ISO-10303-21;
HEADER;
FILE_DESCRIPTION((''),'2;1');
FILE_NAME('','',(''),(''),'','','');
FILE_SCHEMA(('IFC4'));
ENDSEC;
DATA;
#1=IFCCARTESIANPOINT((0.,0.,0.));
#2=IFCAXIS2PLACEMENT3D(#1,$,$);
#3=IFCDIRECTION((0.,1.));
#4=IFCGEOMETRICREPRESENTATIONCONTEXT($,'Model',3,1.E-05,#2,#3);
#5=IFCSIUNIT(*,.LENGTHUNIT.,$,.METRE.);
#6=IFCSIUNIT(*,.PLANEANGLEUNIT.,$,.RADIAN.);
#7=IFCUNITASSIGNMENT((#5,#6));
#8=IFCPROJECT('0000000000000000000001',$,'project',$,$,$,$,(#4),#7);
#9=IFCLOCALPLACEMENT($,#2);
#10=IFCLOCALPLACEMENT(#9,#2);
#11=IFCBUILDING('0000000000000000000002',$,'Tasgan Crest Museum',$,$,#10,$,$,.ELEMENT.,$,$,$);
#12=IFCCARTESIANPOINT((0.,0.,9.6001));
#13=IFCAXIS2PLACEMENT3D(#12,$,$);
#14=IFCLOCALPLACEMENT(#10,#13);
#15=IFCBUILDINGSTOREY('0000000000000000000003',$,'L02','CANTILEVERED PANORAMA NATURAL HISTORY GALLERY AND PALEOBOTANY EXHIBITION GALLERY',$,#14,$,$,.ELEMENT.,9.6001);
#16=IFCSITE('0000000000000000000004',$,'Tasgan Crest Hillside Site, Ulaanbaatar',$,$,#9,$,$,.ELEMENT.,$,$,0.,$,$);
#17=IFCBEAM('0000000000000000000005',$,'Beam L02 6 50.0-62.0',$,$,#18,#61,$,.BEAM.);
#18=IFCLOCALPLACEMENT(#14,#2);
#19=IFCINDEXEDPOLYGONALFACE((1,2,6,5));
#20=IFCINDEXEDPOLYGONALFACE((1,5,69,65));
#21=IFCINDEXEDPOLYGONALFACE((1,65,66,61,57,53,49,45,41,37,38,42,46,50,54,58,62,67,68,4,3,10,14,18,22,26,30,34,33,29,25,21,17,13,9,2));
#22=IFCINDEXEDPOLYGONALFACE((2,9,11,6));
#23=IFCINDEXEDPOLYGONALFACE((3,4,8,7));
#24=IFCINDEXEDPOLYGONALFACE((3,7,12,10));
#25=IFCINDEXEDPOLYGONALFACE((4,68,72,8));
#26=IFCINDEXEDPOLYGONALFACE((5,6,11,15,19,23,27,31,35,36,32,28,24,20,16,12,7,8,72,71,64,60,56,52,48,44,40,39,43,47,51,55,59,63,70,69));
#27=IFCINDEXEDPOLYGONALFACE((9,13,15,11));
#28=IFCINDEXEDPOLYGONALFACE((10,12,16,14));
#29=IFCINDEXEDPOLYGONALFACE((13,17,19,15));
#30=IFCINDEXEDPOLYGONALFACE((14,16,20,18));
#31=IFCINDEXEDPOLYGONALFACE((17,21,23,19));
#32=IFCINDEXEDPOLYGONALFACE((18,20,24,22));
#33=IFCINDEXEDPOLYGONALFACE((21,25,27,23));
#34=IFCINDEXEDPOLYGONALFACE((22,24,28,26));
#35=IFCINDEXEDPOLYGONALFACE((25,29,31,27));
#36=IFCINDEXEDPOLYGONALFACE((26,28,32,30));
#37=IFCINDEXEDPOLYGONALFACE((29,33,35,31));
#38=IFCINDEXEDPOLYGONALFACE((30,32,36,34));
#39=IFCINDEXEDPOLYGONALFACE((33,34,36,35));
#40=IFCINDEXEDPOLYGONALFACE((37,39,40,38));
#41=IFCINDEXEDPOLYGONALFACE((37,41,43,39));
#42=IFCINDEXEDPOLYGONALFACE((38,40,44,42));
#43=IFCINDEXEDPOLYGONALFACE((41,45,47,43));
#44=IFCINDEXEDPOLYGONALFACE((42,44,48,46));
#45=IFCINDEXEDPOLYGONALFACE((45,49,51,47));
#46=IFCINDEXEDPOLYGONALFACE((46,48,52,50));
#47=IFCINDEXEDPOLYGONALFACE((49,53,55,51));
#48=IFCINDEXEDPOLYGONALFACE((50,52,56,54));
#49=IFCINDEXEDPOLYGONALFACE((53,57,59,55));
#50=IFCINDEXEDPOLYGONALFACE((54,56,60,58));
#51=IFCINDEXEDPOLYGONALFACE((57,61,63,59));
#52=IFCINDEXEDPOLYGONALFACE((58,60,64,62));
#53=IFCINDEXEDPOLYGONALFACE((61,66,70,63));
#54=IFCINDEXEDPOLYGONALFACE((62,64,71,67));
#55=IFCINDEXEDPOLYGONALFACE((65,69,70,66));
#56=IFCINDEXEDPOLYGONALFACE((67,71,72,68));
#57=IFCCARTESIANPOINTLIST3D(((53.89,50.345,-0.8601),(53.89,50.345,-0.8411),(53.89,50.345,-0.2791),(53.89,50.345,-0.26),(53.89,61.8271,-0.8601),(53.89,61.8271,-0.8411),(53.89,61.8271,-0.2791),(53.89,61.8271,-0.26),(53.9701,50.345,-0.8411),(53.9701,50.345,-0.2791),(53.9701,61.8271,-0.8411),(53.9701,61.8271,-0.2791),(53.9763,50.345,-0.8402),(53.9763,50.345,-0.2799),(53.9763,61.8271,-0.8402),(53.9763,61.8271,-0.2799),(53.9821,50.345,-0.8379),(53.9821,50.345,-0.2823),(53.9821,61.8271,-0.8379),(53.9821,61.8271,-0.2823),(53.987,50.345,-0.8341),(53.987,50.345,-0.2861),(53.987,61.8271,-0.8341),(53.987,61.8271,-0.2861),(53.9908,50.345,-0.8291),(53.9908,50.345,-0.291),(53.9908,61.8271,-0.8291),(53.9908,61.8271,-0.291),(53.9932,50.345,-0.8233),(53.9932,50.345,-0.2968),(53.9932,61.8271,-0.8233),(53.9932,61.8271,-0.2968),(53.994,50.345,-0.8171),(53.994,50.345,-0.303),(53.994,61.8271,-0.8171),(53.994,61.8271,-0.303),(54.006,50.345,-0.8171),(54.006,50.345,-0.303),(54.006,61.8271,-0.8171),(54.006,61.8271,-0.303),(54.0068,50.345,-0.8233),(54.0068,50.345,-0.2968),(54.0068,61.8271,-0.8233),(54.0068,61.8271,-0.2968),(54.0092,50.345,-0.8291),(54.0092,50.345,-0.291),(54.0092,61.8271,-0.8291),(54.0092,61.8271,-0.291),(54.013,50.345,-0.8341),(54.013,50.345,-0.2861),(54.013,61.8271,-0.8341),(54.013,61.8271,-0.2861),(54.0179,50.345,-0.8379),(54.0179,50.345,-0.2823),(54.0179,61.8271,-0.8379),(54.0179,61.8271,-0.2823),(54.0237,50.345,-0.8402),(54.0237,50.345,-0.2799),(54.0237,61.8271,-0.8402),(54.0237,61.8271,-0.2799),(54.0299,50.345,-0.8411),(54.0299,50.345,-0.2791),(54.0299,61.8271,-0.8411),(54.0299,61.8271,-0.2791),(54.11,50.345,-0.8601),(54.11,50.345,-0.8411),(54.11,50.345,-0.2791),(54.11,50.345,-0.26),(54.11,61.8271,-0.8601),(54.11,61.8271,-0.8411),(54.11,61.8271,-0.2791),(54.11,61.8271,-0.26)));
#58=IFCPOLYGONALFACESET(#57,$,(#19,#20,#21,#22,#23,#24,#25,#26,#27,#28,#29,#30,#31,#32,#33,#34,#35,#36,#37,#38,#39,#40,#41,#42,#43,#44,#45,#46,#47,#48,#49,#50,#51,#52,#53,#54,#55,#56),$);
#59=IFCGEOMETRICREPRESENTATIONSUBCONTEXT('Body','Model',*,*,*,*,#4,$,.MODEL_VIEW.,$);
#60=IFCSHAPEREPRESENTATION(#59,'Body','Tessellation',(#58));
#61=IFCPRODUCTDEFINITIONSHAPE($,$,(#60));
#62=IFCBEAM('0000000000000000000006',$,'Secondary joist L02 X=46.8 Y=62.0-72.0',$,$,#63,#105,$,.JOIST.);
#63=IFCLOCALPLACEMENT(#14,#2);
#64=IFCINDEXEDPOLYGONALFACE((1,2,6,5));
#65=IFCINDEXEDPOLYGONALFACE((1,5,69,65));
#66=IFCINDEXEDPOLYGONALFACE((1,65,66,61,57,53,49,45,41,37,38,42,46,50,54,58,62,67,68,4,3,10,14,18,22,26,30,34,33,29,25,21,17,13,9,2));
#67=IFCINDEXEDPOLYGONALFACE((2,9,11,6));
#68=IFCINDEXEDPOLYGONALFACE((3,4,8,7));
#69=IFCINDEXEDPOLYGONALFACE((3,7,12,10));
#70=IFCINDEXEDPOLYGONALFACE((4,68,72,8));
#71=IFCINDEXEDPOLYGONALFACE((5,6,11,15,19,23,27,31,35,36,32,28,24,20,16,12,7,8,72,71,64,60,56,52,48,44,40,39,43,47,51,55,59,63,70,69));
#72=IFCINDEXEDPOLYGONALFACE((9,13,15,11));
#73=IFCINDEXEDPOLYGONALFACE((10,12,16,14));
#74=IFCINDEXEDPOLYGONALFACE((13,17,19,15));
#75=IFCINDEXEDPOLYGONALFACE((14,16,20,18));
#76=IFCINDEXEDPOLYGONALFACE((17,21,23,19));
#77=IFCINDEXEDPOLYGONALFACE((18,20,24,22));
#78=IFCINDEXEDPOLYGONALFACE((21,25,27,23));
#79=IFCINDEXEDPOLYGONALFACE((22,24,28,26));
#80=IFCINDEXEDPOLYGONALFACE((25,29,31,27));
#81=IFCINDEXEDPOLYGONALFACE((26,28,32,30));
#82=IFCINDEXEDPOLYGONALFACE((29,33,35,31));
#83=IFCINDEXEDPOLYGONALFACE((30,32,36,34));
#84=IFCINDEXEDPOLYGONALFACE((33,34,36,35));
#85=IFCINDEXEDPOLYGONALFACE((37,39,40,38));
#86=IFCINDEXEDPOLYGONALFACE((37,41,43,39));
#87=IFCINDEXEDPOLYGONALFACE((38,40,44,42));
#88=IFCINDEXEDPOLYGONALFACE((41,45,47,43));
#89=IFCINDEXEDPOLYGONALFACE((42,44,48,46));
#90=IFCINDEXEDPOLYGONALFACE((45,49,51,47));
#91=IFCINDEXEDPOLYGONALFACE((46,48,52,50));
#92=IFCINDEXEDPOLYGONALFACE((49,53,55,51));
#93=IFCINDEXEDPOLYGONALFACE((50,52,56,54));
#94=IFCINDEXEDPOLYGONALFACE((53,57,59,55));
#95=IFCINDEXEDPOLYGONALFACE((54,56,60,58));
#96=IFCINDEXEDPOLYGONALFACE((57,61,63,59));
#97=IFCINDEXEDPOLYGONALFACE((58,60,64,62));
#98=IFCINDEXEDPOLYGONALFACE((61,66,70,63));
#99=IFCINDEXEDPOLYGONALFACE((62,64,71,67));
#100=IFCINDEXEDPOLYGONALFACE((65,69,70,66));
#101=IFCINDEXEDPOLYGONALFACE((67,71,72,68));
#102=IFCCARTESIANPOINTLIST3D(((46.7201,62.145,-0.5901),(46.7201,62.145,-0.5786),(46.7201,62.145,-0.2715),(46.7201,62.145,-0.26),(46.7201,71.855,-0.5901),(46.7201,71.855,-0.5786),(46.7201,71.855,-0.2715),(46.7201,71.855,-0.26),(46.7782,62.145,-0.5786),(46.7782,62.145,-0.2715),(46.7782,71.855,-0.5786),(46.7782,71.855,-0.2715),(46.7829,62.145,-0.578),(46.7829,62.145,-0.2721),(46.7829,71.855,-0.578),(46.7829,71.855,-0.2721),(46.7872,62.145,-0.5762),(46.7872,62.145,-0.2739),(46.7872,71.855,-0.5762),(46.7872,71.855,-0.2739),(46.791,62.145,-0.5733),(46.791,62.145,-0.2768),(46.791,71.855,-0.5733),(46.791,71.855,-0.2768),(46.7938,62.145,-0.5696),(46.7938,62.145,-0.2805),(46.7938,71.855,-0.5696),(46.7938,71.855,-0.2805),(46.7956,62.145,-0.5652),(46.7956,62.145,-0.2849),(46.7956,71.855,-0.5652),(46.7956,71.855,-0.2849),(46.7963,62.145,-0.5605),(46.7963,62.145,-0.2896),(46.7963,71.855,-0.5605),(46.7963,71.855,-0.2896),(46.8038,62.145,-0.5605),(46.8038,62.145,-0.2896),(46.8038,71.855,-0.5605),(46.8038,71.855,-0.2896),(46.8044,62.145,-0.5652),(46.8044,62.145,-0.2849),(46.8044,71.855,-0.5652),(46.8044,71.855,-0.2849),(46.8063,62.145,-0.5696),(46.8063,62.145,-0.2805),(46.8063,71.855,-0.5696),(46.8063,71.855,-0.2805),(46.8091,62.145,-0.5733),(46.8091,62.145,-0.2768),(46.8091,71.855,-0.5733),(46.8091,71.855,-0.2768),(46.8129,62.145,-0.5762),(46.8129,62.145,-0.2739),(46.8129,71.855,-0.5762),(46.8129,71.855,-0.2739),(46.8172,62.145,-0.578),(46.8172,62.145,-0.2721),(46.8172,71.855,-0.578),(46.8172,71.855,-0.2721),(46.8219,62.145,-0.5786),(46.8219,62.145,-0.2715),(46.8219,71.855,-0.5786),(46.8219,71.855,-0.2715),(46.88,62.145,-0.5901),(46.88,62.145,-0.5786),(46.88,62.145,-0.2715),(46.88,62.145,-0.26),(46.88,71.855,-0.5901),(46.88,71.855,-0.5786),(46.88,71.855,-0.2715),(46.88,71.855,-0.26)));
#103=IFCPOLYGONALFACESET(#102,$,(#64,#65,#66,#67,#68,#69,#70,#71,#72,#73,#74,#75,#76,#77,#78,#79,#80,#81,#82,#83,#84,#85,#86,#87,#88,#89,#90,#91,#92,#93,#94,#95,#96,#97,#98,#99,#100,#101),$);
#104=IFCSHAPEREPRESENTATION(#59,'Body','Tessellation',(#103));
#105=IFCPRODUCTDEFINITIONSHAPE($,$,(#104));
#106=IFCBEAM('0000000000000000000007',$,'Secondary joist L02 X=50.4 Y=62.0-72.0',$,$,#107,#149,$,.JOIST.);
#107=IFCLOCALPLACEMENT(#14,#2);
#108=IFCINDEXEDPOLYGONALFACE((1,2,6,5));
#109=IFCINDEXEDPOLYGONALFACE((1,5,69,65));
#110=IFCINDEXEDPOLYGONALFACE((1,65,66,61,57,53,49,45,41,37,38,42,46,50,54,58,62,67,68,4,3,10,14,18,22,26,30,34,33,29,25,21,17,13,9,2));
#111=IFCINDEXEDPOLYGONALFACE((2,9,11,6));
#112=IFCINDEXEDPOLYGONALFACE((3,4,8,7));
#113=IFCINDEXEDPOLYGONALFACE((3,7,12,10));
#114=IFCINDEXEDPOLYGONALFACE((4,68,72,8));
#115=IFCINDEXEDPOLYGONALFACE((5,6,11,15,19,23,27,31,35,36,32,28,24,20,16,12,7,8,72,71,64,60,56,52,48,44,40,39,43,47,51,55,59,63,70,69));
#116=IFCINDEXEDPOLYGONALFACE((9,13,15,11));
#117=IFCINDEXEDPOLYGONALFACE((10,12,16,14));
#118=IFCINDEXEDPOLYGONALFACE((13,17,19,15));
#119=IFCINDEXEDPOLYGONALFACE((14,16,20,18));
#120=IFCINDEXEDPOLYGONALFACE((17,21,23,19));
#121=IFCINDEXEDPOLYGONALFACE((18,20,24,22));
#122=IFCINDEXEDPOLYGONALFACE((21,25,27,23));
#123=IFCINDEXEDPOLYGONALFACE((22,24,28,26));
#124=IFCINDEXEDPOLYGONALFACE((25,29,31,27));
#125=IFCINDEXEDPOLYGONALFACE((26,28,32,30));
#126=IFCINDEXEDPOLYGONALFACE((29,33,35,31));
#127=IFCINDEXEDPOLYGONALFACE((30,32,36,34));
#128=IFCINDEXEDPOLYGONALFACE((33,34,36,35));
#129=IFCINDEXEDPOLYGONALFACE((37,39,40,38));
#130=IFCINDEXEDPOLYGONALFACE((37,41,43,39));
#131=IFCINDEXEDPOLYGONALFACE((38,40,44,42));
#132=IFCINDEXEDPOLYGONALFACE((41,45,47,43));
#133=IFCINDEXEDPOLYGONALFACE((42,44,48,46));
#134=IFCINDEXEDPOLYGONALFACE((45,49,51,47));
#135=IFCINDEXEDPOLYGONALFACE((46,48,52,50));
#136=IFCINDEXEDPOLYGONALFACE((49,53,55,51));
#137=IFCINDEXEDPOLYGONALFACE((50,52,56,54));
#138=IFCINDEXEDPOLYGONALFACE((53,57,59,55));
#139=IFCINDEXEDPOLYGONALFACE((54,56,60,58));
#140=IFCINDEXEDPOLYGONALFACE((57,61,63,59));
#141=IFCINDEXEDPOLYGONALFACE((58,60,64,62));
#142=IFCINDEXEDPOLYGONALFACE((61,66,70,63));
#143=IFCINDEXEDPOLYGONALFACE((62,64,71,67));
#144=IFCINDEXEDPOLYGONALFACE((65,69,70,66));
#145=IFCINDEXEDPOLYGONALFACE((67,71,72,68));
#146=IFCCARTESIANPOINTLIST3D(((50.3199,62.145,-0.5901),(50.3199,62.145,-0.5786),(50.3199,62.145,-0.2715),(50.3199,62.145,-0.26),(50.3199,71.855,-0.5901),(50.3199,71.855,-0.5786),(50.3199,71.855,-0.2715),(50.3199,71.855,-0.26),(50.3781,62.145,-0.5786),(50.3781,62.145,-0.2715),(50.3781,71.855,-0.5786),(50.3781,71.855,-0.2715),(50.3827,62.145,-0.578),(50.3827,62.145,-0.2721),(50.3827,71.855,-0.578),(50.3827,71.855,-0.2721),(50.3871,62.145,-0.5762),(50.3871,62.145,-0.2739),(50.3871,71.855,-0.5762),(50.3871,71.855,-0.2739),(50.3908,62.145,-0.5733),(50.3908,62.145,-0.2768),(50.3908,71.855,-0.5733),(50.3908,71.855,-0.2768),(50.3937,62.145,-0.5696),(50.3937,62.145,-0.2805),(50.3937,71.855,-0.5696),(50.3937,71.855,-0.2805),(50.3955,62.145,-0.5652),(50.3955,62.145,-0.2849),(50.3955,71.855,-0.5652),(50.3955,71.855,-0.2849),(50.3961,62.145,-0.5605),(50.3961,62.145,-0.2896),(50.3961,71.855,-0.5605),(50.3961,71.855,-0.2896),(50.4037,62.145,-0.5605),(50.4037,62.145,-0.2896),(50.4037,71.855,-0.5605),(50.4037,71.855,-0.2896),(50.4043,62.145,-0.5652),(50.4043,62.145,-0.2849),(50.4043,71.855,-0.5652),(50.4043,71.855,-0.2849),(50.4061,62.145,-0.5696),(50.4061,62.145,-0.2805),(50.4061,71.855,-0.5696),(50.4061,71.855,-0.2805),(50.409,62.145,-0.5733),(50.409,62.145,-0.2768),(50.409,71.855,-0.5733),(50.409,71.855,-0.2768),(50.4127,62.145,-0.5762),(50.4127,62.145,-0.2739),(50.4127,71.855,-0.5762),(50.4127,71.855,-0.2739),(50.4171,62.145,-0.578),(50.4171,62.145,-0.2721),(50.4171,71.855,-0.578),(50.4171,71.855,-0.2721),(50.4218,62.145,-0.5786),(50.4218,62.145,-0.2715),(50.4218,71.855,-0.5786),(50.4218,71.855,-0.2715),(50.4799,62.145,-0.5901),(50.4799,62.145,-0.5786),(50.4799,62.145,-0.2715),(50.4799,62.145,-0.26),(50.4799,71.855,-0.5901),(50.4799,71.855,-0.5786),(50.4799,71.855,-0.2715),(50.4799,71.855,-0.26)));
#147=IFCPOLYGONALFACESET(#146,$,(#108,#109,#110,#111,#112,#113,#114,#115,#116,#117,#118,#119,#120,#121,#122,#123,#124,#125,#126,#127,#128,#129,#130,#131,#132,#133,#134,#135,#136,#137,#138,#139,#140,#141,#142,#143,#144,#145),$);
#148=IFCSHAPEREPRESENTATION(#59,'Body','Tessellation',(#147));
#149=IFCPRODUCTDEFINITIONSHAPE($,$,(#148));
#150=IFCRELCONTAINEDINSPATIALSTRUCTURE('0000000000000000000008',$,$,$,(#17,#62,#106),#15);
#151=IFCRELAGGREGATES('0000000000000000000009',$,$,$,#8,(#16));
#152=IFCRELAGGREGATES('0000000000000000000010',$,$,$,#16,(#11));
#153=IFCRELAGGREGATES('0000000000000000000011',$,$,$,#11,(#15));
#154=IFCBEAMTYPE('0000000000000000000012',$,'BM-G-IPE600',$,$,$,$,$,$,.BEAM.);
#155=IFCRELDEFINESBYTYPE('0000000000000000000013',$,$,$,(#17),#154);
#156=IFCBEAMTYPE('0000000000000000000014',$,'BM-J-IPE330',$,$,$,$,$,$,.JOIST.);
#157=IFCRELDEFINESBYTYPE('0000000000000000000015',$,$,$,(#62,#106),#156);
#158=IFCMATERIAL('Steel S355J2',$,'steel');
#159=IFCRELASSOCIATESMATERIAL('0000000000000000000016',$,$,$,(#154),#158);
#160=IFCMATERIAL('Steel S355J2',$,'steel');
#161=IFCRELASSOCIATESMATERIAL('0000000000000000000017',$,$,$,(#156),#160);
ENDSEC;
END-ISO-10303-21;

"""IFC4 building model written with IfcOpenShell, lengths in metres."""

from ifc_helpers import new_model, si_unit, direction, frame, origin, origin_2d, place, context, subcontext, project, spatial, i_section, extrude, material, material_profile, profile_set, type_object, element, save


model = new_model("IFC4")

# Units and contexts
model_context = context("Model", 3, precision=1e-05, world=origin(), true_north=direction((0.0, 1.0)))
body_context = subcontext(model_context, "Body", "Model", "MODEL_VIEW")
ifc_project = project(units=[si_unit("LENGTHUNIT", "METRE"), si_unit("PLANEANGLEUNIT", "RADIAN")], contexts=[model_context])

# Site, building, storey
site_placement = place(None, origin())
site = spatial("IfcSite", under=ifc_project, at=site_placement, Name="Tasgan Crest Hillside Site, Ulaanbaatar", CompositionType="ELEMENT", RefElevation=0.0)
building_placement = place(site_placement, origin())
building = spatial("IfcBuilding", under=site, at=building_placement, Name="Tasgan Crest Museum", CompositionType="ELEMENT")
storey_placement = place(building_placement, frame((0.0, 0.0, 9.6001)))
storey = spatial("IfcBuildingStorey", under=building, at=storey_placement, Name="L02", Description="CANTILEVERED PANORAMA NATURAL HISTORY GALLERY AND PALEOBOTANY EXHIBITION GALLERY", CompositionType="ELEMENT", Elevation=9.6001)

# Beams
ifc_material_1 = material(Name="Steel S355J2", Category="steel")
ifc_material_profile_1 = material_profile(ifc_material_1, i_section(OverallWidth=0.22, OverallDepth=0.6001, WebThickness=0.012, FlangeThickness=0.019, FilletRadius=0.0239, at=origin_2d()), Name="IPE 600")
ifc_profile_set_1 = profile_set([ifc_material_profile_1], Name="Steel S355J2")
beam_type_1 = type_object("IfcBeamType", Name="BM-G-IPE600", PredefinedType="BEAM", material=ifc_profile_set_1)
beam_1_placement = place(storey_placement, frame((54.0, 50.345, -0.5601), z_axis=(0.0, 1.0, 0.0), x_axis=(-1.0, 0.0, 0.0)))
element("IfcBeam", 1, at=beam_1_placement, inside=storey, type_object=beam_type_1, Name="Beam L02 6 50.0-62.0", PredefinedType="BEAM", context=body_context, shape_type="SweptSolid", body=[
    extrude(i_section(OverallWidth=0.22, OverallDepth=0.6001, WebThickness=0.012, FlangeThickness=0.019, FilletRadius=0.0239, at=origin_2d()), origin(), (0.0, 0.0, 1.0), 11.4822),
])
ifc_material_2 = material(Name="Steel S355J2", Category="steel")
ifc_material_profile_2 = material_profile(ifc_material_2, i_section(OverallWidth=0.1599, OverallDepth=0.3301, WebThickness=0.0076, FlangeThickness=0.0115, FilletRadius=0.0181, at=origin_2d()), Name="IPE 330")
ifc_profile_set_2 = profile_set([ifc_material_profile_2], Name="Steel S355J2")
beam_type_2 = type_object("IfcBeamType", Name="BM-J-IPE330", PredefinedType="JOIST", material=ifc_profile_set_2)
for number, where, z_axis, x_axis, name in (
    (2, (46.8, 62.145, -0.425), (0.0, 1.0, 0.0), (-1.0, 0.0, 0.0), "Secondary joist L02 X=46.8 Y=62.0-72.0"),
    (3, (50.3999, 62.145, -0.425), (0.0, 1.0, 0.0), (-1.0, 0.0, 0.0), "Secondary joist L02 X=50.4 Y=62.0-72.0"),
):
    element("IfcBeam", number, at=place(storey_placement, frame(where, z_axis=z_axis, x_axis=x_axis)), inside=storey, type_object=beam_type_2, Name=name, PredefinedType="JOIST", context=body_context, shape_type="SweptSolid", body=[
        extrude(i_section(OverallWidth=0.1599, OverallDepth=0.3301, WebThickness=0.0076, FlangeThickness=0.0115, FilletRadius=0.0181, at=origin_2d()), origin(), (0.0, 0.0, 1.0), 9.71),
    ])

save(model, "model.ifc")
